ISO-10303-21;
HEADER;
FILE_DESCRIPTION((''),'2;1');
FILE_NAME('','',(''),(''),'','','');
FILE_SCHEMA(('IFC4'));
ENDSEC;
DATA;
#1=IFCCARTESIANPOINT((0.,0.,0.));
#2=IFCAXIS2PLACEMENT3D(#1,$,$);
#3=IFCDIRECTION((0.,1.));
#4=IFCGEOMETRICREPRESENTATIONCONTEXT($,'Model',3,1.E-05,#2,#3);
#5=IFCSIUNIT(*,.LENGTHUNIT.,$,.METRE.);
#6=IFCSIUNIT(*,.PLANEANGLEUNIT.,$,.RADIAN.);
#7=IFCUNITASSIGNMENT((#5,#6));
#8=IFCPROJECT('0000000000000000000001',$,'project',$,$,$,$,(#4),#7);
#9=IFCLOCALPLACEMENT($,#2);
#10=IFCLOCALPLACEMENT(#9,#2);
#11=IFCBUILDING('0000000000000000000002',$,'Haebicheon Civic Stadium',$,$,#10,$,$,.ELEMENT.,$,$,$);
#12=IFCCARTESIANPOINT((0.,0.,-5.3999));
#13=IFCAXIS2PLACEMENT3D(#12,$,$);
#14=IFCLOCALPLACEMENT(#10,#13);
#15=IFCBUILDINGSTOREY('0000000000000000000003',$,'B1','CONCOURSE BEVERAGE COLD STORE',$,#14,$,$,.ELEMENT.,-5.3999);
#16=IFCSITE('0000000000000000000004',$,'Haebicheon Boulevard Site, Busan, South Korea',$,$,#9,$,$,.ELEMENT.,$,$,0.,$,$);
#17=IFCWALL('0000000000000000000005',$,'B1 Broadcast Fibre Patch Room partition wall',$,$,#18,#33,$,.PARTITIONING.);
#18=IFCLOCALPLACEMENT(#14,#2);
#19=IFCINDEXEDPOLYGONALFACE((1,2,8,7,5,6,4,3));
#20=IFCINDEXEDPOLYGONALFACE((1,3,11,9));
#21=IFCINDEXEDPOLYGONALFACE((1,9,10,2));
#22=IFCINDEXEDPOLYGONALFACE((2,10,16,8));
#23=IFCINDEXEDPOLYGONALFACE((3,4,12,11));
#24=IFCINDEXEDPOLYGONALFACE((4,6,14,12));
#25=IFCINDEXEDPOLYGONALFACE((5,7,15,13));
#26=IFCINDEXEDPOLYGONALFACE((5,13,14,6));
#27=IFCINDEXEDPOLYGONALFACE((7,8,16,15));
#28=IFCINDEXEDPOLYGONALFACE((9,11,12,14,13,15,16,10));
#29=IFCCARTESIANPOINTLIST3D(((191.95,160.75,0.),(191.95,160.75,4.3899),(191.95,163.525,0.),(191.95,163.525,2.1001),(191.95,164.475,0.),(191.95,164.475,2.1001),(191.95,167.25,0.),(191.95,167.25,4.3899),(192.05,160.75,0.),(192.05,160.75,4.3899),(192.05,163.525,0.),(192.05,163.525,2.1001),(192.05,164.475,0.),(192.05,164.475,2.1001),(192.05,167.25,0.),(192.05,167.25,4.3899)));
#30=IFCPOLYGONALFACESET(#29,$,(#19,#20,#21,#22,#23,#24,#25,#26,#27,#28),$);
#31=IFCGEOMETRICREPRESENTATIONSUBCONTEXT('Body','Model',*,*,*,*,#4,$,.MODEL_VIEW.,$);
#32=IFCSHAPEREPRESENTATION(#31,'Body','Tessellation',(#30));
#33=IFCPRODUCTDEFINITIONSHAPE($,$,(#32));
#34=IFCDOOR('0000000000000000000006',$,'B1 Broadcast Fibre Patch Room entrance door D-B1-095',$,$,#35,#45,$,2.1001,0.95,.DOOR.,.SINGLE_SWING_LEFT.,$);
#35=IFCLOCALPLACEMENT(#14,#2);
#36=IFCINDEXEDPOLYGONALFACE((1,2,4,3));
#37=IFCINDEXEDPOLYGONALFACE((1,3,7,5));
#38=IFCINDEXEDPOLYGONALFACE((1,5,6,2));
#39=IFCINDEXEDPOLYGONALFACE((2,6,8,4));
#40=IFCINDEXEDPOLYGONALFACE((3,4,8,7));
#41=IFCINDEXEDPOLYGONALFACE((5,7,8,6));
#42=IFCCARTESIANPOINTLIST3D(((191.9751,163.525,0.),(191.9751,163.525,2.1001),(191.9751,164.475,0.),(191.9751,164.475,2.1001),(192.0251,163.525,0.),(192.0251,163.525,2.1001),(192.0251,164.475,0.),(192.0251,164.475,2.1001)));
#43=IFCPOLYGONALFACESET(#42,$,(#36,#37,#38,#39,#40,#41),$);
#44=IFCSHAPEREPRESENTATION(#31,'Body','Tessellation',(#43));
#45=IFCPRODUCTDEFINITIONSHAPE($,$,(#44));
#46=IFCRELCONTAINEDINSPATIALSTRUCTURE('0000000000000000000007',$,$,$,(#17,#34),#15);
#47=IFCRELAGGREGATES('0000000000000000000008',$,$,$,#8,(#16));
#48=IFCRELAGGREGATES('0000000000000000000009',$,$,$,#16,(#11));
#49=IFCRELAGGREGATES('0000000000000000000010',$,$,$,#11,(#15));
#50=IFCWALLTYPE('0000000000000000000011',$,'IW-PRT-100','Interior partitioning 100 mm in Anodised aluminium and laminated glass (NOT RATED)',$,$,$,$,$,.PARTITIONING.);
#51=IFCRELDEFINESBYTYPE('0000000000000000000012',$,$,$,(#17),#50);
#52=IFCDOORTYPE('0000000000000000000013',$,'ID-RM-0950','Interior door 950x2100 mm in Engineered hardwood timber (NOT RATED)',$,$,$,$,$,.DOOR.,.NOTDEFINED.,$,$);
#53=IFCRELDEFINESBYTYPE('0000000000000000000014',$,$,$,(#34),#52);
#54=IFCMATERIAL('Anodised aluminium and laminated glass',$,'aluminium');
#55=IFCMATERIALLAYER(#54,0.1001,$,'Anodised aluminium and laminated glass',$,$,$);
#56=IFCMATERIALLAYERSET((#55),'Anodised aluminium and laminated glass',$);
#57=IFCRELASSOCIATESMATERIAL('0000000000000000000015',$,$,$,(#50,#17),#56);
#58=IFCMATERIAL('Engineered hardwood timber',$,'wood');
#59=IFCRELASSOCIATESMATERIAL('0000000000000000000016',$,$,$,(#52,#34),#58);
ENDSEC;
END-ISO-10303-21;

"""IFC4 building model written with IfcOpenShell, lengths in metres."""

from ifc_helpers import new_model, si_unit, direction, frame, frame_2d, origin, place, context, subcontext, project, spatial, rectangle, extrude, material, layer, layer_set, type_object, element, fill, save


model = new_model("IFC4")

# Units and contexts
model_context = context("Model", 3, precision=1e-05, world=origin(), true_north=direction((0.0, 1.0)))
body_context = subcontext(model_context, "Body", "Model", "MODEL_VIEW")
ifc_project = project(units=[si_unit("LENGTHUNIT", "METRE"), si_unit("PLANEANGLEUNIT", "RADIAN")], contexts=[model_context])

# Site, building, storey
site_placement = place(None, origin())
site = spatial("IfcSite", under=ifc_project, at=site_placement, Name="Haebicheon Boulevard Site, Busan, South Korea", CompositionType="ELEMENT", RefElevation=0.0)
building_placement = place(site_placement, origin())
building = spatial("IfcBuilding", under=site, at=building_placement, Name="Haebicheon Civic Stadium", CompositionType="ELEMENT")
storey_placement = place(building_placement, frame((0.0, 0.0, -5.3999)))
storey = spatial("IfcBuildingStorey", under=building, at=storey_placement, Name="B1", Description="CONCOURSE BEVERAGE COLD STORE", CompositionType="ELEMENT", Elevation=-5.3999)

# Wall, opening, door
ifc_material_1 = material(Name="Anodised aluminium and laminated glass", Category="aluminium")
ifc_layer_1 = layer(ifc_material_1, 0.1001, Name="Anodised aluminium and laminated glass")
ifc_layer_set_1 = layer_set([ifc_layer_1], Name="Anodised aluminium and laminated glass")
wall_type = type_object("IfcWallType", Name="IW-PRT-100", Description="Interior partitioning 100 mm in Anodised aluminium and laminated glass (NOT RATED)", PredefinedType="PARTITIONING", material=ifc_layer_set_1)
wall_placement = place(storey_placement, frame((192.0, 160.75, 0.0), z_axis=(0.0, 0.0, 1.0), x_axis=(0.0, 1.0, 0.0)))
wall = element("IfcWall", 1, at=wall_placement, inside=storey, type_object=wall_type, material=ifc_layer_set_1, Name="B1 Broadcast Fibre Patch Room partition wall", PredefinedType="PARTITIONING", context=body_context, shape_type="SweptSolid", body=[
    extrude(rectangle(XDim=6.5, YDim=0.1001, at=frame_2d((3.25, 0.0))), origin(), (0.0, 0.0, 1.0), 4.3899),
])
opening_placement = place(wall_placement, frame((2.7749, 0.0, 0.0)))
opening = element("IfcOpeningElement", 2, at=opening_placement, cuts=wall, PredefinedType="OPENING", context=body_context, shape_type="SweptSolid", body=[
    extrude(rectangle(XDim=0.95, YDim=2.1001, at=frame_2d((0.4751, 1.05))), frame((0.0, 0.0601, 0.0), z_axis=(0.0, -1.0, 0.0), x_axis=(1.0, 0.0, 0.0)), (0.0, 0.0, 1.0), 0.1201),
])
ifc_material_2 = material(Name="Engineered hardwood timber", Category="wood")
door_type = type_object("IfcDoorType", Name="ID-RM-0950", Description="Interior door 950x2100 mm in Engineered hardwood timber (NOT RATED)", OperationType="NOTDEFINED", PredefinedType="DOOR", material=ifc_material_2)
door_placement = place(opening_placement, origin())
door = element("IfcDoor", 3, at=door_placement, inside=storey, type_object=door_type, material=ifc_material_2, Name="B1 Broadcast Fibre Patch Room entrance door D-B1-095", OperationType="SINGLE_SWING_LEFT", OverallHeight=2.1001, OverallWidth=0.95, PredefinedType="DOOR", context=body_context, shape_type="SweptSolid", body=[
    extrude(rectangle(XDim=0.95, YDim=2.1001, at=frame_2d((0.4751, 1.05))), frame((0.0, 0.0249, 0.0), z_axis=(0.0, -1.0, 0.0), x_axis=(1.0, 0.0, 0.0)), (0.0, 0.0, 1.0), 0.05),
])
fill(opening, door)

save(model, "model.ifc")
